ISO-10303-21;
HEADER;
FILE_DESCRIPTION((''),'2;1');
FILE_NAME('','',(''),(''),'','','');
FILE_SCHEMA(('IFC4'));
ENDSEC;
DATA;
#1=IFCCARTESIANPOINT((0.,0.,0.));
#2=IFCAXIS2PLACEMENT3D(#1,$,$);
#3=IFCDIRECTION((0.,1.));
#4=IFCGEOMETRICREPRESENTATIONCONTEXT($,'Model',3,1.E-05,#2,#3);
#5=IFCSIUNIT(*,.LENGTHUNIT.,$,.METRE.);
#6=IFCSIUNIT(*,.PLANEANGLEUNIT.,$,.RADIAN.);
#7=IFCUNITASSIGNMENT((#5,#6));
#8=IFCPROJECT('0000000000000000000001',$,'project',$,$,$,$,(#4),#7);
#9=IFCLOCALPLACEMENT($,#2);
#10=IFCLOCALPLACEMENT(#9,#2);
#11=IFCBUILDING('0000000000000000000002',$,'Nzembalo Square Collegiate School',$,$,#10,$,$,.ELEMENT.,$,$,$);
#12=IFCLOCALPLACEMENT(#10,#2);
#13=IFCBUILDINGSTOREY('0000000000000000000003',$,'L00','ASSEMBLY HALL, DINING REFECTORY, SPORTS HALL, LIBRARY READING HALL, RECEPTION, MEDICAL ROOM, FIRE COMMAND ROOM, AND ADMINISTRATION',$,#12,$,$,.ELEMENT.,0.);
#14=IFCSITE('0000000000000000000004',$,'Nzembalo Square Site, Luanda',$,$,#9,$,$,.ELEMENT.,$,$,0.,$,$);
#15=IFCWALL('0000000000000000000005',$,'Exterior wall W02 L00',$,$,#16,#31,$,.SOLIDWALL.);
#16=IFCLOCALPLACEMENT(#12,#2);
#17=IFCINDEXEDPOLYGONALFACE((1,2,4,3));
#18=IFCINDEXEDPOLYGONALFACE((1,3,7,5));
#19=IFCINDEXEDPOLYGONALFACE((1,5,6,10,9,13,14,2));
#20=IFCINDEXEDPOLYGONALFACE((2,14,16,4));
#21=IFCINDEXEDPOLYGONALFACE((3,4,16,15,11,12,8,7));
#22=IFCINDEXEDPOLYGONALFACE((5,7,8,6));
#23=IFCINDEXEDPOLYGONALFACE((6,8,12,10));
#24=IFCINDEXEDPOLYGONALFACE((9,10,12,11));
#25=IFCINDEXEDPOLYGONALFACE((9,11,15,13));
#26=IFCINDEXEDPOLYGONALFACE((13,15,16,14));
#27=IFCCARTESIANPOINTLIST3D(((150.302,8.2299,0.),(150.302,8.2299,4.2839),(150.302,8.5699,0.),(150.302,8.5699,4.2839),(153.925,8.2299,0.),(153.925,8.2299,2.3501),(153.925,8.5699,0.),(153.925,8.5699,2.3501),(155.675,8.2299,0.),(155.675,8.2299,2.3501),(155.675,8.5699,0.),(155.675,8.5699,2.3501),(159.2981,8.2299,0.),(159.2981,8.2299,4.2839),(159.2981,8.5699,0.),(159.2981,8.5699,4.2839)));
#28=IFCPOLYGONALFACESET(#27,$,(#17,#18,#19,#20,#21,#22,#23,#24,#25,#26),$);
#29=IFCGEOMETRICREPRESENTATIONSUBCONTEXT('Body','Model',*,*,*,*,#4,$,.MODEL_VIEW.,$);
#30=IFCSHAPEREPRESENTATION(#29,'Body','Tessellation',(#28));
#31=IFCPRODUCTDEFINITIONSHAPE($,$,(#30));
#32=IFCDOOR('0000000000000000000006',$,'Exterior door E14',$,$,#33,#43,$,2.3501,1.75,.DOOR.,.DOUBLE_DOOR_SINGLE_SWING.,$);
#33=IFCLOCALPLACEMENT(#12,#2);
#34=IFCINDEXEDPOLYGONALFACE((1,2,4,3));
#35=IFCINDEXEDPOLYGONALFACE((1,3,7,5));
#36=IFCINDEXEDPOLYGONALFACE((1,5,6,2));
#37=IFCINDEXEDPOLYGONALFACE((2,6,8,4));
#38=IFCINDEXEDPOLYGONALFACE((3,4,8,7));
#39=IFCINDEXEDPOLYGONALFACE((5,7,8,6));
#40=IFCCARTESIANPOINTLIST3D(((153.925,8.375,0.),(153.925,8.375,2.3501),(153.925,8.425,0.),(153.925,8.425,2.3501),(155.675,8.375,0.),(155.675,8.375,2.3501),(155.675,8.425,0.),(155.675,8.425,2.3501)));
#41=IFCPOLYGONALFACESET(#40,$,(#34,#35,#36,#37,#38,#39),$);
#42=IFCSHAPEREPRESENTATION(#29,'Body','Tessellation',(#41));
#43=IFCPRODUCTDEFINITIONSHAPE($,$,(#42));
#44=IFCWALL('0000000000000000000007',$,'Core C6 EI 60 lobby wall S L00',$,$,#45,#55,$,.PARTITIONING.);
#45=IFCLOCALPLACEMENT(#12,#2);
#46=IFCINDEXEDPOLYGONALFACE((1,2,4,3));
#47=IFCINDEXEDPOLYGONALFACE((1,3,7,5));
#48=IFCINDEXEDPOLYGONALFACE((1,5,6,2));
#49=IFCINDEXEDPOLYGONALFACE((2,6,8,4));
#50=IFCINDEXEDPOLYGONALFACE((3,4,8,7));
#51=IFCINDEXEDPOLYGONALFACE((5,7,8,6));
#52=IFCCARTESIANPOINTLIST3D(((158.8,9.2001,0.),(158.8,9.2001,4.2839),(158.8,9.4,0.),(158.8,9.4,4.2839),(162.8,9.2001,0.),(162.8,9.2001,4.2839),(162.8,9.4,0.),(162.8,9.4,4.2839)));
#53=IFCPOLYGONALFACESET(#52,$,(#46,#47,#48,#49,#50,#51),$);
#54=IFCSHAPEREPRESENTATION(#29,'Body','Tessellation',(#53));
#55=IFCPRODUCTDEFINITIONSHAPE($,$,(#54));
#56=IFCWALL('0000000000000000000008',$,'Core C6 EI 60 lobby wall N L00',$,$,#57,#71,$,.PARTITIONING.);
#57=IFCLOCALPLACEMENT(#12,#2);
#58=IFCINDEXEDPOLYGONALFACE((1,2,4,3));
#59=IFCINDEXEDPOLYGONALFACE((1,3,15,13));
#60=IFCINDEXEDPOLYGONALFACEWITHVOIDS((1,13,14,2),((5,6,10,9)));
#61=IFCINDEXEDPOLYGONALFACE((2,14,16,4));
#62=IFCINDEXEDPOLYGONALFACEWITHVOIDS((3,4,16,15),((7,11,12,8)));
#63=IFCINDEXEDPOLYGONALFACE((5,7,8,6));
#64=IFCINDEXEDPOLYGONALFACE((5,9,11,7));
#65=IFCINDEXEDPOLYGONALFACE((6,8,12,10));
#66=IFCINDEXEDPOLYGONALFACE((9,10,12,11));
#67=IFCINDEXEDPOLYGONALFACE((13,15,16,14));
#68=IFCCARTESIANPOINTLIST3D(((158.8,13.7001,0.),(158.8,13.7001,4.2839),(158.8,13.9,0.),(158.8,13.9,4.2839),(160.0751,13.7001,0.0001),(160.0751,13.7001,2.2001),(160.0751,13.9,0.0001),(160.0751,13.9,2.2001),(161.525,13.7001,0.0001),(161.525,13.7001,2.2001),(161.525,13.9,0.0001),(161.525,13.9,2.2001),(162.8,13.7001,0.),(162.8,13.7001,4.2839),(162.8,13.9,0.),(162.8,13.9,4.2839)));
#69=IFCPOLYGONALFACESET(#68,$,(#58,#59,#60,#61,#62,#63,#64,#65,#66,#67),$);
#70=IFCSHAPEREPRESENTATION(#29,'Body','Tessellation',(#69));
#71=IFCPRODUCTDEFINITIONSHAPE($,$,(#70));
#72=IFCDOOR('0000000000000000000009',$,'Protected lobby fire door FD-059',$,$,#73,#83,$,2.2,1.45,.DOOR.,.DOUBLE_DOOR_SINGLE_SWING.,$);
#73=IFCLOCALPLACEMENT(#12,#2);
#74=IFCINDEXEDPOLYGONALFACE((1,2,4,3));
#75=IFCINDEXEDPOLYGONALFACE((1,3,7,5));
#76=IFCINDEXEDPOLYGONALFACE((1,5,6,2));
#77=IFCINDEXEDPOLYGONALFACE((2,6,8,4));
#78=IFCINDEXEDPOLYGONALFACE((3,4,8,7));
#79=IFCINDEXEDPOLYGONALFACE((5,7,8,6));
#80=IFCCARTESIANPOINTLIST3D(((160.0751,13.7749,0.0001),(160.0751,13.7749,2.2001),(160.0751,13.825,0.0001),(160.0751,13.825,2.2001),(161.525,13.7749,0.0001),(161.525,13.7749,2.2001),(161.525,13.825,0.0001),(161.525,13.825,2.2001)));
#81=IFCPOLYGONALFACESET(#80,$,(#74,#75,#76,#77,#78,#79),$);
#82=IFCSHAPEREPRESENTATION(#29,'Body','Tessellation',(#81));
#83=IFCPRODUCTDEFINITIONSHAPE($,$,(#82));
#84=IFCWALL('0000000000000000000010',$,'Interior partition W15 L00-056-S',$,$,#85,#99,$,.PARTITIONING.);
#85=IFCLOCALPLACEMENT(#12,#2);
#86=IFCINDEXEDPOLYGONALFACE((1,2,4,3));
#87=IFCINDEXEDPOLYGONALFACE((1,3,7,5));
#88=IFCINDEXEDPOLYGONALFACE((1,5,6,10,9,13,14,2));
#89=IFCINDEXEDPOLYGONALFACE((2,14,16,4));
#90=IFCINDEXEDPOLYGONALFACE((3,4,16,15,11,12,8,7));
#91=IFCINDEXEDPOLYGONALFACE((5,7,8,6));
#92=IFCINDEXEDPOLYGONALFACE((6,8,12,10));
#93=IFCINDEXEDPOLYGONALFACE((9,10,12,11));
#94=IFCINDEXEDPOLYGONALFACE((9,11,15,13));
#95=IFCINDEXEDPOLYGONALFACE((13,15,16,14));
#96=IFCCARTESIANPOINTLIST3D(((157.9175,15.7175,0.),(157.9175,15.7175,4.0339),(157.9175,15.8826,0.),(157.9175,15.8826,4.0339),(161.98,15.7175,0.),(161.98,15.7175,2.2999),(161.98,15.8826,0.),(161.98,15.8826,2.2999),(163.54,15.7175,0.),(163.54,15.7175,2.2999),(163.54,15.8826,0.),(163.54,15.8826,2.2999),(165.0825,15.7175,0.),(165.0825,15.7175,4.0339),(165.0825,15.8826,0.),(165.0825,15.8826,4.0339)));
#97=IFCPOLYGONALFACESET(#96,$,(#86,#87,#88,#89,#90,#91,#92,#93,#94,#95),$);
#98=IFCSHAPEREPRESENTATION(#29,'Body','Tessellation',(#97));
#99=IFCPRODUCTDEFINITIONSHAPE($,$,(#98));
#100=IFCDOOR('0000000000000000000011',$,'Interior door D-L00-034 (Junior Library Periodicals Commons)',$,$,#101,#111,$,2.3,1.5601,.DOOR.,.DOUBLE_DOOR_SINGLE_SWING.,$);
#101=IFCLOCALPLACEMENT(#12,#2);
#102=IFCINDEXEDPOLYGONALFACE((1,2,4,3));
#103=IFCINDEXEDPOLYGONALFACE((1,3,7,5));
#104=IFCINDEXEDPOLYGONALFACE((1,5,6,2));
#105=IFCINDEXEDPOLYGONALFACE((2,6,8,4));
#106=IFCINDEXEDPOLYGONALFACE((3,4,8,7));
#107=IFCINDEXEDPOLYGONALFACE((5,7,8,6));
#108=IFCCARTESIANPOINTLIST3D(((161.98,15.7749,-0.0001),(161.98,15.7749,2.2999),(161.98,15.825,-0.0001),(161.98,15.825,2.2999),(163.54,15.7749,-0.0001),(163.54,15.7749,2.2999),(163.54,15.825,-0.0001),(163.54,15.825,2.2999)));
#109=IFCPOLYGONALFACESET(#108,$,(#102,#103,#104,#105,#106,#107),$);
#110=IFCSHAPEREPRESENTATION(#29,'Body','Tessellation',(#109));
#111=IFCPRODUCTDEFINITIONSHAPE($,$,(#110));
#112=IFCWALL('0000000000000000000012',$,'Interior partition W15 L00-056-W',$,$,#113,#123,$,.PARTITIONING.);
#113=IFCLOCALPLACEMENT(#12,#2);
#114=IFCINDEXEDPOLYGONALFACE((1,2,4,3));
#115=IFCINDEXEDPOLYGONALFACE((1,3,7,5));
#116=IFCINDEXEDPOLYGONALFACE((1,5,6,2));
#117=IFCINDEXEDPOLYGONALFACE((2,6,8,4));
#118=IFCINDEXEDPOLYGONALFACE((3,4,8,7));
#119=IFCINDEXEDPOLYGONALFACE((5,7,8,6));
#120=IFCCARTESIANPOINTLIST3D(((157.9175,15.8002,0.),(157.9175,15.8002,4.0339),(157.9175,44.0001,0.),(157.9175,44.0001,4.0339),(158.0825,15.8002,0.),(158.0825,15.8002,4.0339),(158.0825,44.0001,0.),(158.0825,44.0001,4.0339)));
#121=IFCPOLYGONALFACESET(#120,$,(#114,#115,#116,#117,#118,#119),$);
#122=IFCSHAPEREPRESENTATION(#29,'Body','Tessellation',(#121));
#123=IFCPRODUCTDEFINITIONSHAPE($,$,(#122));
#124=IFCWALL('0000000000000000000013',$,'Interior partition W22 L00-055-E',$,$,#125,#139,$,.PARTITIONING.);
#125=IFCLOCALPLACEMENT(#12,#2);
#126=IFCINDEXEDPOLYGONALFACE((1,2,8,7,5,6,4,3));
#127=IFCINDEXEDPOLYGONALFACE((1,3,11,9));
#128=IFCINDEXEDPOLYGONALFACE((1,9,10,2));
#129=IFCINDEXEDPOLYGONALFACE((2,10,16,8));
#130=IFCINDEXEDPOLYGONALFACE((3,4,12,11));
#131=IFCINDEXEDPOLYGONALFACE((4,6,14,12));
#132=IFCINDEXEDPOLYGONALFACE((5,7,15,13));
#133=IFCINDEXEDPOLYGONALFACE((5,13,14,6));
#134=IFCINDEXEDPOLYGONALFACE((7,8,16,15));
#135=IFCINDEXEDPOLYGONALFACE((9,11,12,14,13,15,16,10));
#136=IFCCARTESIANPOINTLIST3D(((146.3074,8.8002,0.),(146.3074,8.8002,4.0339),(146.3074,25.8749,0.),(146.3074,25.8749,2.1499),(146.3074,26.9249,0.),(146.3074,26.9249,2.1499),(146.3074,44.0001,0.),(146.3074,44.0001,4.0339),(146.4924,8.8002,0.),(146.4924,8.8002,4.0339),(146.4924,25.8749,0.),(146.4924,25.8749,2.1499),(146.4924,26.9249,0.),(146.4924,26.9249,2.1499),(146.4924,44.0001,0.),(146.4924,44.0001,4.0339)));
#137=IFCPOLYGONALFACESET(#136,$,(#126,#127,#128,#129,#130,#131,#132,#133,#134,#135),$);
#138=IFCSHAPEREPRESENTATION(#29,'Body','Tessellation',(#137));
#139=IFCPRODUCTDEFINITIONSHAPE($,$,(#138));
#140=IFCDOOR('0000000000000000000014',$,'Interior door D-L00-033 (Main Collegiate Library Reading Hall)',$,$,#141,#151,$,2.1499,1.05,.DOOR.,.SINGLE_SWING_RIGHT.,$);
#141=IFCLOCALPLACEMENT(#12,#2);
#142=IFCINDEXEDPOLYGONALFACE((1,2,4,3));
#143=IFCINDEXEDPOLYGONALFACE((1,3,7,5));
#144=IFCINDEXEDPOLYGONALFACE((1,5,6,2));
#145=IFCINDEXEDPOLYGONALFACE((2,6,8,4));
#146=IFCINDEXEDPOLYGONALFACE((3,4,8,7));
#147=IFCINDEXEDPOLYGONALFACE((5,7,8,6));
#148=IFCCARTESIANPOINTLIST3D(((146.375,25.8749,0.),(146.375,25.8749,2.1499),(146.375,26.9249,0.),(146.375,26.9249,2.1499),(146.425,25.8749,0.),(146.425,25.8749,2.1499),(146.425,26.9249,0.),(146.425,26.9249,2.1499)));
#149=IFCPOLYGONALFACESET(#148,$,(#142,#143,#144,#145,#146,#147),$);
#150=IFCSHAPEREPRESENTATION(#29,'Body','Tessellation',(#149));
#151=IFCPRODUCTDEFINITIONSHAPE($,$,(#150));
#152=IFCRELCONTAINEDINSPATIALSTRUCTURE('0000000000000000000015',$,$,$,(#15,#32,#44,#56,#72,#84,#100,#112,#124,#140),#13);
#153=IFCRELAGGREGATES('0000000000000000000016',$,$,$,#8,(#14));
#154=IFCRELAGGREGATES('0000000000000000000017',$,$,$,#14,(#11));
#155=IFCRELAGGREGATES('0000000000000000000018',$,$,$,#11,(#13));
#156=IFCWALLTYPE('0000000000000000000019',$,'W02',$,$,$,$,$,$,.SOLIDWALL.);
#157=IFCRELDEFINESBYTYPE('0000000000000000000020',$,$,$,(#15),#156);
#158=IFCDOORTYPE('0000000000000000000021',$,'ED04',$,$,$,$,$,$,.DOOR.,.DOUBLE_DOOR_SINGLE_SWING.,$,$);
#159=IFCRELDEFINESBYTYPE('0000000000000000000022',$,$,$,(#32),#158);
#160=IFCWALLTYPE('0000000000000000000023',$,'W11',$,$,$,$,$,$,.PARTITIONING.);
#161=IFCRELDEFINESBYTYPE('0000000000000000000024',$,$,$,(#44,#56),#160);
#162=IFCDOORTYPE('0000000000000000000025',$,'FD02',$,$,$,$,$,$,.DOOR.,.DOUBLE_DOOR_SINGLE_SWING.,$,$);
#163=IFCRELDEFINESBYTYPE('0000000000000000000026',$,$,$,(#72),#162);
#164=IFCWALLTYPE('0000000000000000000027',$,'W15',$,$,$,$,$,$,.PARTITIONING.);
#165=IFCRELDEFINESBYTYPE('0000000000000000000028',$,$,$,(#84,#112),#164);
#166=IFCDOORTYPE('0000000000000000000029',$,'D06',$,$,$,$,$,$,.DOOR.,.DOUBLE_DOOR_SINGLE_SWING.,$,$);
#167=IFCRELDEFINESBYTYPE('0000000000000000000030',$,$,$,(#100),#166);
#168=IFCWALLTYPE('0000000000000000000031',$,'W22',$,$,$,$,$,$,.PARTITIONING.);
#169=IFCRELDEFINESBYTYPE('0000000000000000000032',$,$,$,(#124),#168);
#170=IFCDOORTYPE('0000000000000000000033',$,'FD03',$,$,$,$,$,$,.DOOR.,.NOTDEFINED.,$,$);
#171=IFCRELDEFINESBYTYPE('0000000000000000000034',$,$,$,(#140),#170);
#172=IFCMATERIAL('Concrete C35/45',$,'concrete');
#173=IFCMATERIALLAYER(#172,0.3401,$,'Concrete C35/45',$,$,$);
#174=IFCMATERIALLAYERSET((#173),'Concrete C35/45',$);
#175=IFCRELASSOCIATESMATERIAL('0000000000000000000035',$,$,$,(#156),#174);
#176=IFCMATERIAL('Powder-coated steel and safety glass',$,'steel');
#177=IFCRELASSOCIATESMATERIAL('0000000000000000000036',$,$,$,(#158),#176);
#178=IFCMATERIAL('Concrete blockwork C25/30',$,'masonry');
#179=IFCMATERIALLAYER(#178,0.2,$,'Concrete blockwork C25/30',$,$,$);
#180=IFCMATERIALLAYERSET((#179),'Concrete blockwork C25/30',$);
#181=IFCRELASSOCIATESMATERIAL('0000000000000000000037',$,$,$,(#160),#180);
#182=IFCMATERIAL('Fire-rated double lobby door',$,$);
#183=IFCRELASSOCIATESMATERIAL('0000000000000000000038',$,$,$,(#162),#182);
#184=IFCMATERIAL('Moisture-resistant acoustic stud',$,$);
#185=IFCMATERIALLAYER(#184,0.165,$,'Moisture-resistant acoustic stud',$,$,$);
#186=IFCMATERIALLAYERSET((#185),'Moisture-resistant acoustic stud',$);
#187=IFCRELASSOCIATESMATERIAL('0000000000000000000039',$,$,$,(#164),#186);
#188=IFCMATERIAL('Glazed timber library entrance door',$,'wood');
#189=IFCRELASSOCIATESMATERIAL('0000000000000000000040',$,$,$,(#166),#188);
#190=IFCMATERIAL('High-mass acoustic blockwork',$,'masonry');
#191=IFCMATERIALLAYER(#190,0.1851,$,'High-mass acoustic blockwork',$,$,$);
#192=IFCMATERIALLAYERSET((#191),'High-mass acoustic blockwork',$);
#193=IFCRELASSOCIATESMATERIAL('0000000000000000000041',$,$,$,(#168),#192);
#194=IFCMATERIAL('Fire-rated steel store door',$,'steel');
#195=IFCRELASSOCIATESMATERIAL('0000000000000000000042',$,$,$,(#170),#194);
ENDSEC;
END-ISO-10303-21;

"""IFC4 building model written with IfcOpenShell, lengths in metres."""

from ifc_helpers import new_model, si_unit, direction, frame, frame_2d, origin, place, context, subcontext, project, spatial, rectangle, extrude, material, layer, layer_set, type_object, element, fill, save


model = new_model("IFC4")

# Units and contexts
model_context = context("Model", 3, precision=1e-05, world=origin(), true_north=direction((0.0, 1.0)))
body_context = subcontext(model_context, "Body", "Model", "MODEL_VIEW")
ifc_project = project(units=[si_unit("LENGTHUNIT", "METRE"), si_unit("PLANEANGLEUNIT", "RADIAN")], contexts=[model_context])

# Site, building, storey
site_placement = place(None, origin())
site = spatial("IfcSite", under=ifc_project, at=site_placement, Name="Nzembalo Square Site, Luanda", CompositionType="ELEMENT", RefElevation=0.0)
building_placement = place(site_placement, origin())
building = spatial("IfcBuilding", under=site, at=building_placement, Name="Nzembalo Square Collegiate School", CompositionType="ELEMENT")
storey_placement = place(building_placement, origin())
storey = spatial("IfcBuildingStorey", under=building, at=storey_placement, Name="L00", Description="ASSEMBLY HALL, DINING REFECTORY, SPORTS HALL, LIBRARY READING HALL, RECEPTION, MEDICAL ROOM, FIRE COMMAND ROOM, AND ADMINISTRATION", CompositionType="ELEMENT", Elevation=0.0)

# Wall, opening, door
ifc_material_1 = material(Name="Concrete C35/45", Category="concrete")
ifc_layer_1 = layer(ifc_material_1, 0.3401, Name="Concrete C35/45")
ifc_layer_set_1 = layer_set([ifc_layer_1], Name="Concrete C35/45")
wall_type_1 = type_object("IfcWallType", Name="W02", PredefinedType="SOLIDWALL", material=ifc_layer_set_1)
wall_1_placement = place(storey_placement, frame((150.302, 8.3999, 0.0), z_axis=(0.0, 0.0, 1.0), x_axis=(1.0, 0.0, 0.0)))
wall_1 = element("IfcWall", 1, at=wall_1_placement, inside=storey, type_object=wall_type_1, Name="Exterior wall W02 L00", PredefinedType="SOLIDWALL", context=body_context, shape_type="SweptSolid", body=[
    extrude(rectangle(XDim=8.9961, YDim=0.3401, at=frame_2d((4.498, 0.0))), origin(), (0.0, 0.0, 1.0), 4.2839),
])
opening_1_placement = place(wall_1_placement, frame((3.623, 0.0, 0.0)))
opening_1 = element("IfcOpeningElement", 2, at=opening_1_placement, cuts=wall_1, PredefinedType="OPENING", context=body_context, shape_type="SweptSolid", body=[
    extrude(rectangle(XDim=1.75, YDim=2.3501, at=frame_2d((0.875, 1.175))), frame((0.0, 0.1802, 0.0), z_axis=(0.0, -1.0, 0.0), x_axis=(1.0, 0.0, 0.0)), (0.0, 0.0, 1.0), 0.3601),
])
ifc_material_2 = material(Name="Powder-coated steel and safety glass", Category="steel")
door_type_1 = type_object("IfcDoorType", Name="ED04", OperationType="DOUBLE_DOOR_SINGLE_SWING", PredefinedType="DOOR", material=ifc_material_2)
door_1_placement = place(opening_1_placement, frame((1.75, 0.0, 0.0), z_axis=(0.0, 0.0, 1.0), x_axis=(-1.0, 0.0, 0.0)))
door_1 = element("IfcDoor", 3, at=door_1_placement, inside=storey, type_object=door_type_1, Name="Exterior door E14", OperationType="DOUBLE_DOOR_SINGLE_SWING", OverallHeight=2.3501, OverallWidth=1.75, PredefinedType="DOOR", context=body_context, shape_type="SweptSolid", body=[
    extrude(rectangle(XDim=1.75, YDim=2.3501, at=frame_2d((0.875, 1.175))), frame((0.0, 0.0249, 0.0), z_axis=(0.0, -1.0, 0.0), x_axis=(1.0, 0.0, 0.0)), (0.0, 0.0, 1.0), 0.05),
])
fill(opening_1, door_1)

# Wall
ifc_material_3 = material(Name="Concrete blockwork C25/30", Category="masonry")
ifc_layer_2 = layer(ifc_material_3, 0.2, Name="Concrete blockwork C25/30")
ifc_layer_set_2 = layer_set([ifc_layer_2], Name="Concrete blockwork C25/30")
wall_type_2 = type_object("IfcWallType", Name="W11", PredefinedType="PARTITIONING", material=ifc_layer_set_2)
wall_2_placement = place(storey_placement, frame((158.8, 9.3, 0.0), z_axis=(0.0, 0.0, 1.0), x_axis=(1.0, 0.0, 0.0)))
element("IfcWall", 4, at=wall_2_placement, inside=storey, type_object=wall_type_2, Name="Core C6 EI 60 lobby wall S L00", PredefinedType="PARTITIONING", context=body_context, shape_type="SweptSolid", body=[
    extrude(rectangle(XDim=4.0, YDim=0.2, at=frame_2d((2.0, 0.0))), origin(), (0.0, 0.0, 1.0), 4.2839),
])

# Walls, openings, doors
wall_3_placement = place(storey_placement, frame((158.8, 13.8, 0.0), z_axis=(0.0, 0.0, 1.0), x_axis=(1.0, 0.0, 0.0)))
wall_3 = element("IfcWall", 5, at=wall_3_placement, inside=storey, type_object=wall_type_2, Name="Core C6 EI 60 lobby wall N L00", PredefinedType="PARTITIONING", context=body_context, shape_type="SweptSolid", body=[
    extrude(rectangle(XDim=4.0, YDim=0.2, at=frame_2d((2.0, 0.0))), origin(), (0.0, 0.0, 1.0), 4.2839),
])
opening_2_placement = place(wall_3_placement, frame((1.2749, 0.0, 0.0)))
opening_2 = element("IfcOpeningElement", 6, at=opening_2_placement, cuts=wall_3, PredefinedType="OPENING", context=body_context, shape_type="SweptSolid", body=[
    extrude(rectangle(XDim=1.45, YDim=2.2, at=frame_2d((0.7251, 1.1001))), frame((0.0, 0.1099, 0.0), z_axis=(0.0, -1.0, 0.0), x_axis=(1.0, 0.0, 0.0)), (0.0, 0.0, 1.0), 0.22),
])
ifc_material_4 = material(Name="Fire-rated double lobby door")
door_type_2 = type_object("IfcDoorType", Name="FD02", OperationType="DOUBLE_DOOR_SINGLE_SWING", PredefinedType="DOOR", material=ifc_material_4)
door_2_placement = place(opening_2_placement, origin())
door_2 = element("IfcDoor", 7, at=door_2_placement, inside=storey, type_object=door_type_2, Name="Protected lobby fire door FD-059", OperationType="DOUBLE_DOOR_SINGLE_SWING", OverallHeight=2.2, OverallWidth=1.45, PredefinedType="DOOR", context=body_context, shape_type="SweptSolid", body=[
    extrude(rectangle(XDim=1.45, YDim=2.2, at=frame_2d((0.7251, 1.1001))), frame((0.0, 0.0249, 0.0), z_axis=(0.0, -1.0, 0.0), x_axis=(1.0, 0.0, 0.0)), (0.0, 0.0, 1.0), 0.05),
])
fill(opening_2, door_2)
ifc_material_5 = material(Name="Moisture-resistant acoustic stud")
ifc_layer_3 = layer(ifc_material_5, 0.165, Name="Moisture-resistant acoustic stud")
ifc_layer_set_3 = layer_set([ifc_layer_3], Name="Moisture-resistant acoustic stud")
wall_type_3 = type_object("IfcWallType", Name="W15", PredefinedType="PARTITIONING", material=ifc_layer_set_3)
wall_4_placement = place(storey_placement, frame((157.9175, 15.8, 0.0), z_axis=(0.0, 0.0, 1.0), x_axis=(1.0, 0.0, 0.0)))
wall_4 = element("IfcWall", 8, at=wall_4_placement, inside=storey, type_object=wall_type_3, Name="Interior partition W15 L00-056-S", PredefinedType="PARTITIONING", context=body_context, shape_type="SweptSolid", body=[
    extrude(rectangle(XDim=7.165, YDim=0.165, at=frame_2d((3.5825, 0.0))), origin(), (0.0, 0.0, 1.0), 4.0339),
])
opening_3_placement = place(wall_4_placement, frame((4.0625, 0.0, 0.0)))
opening_3 = element("IfcOpeningElement", 9, at=opening_3_placement, cuts=wall_4, PredefinedType="OPENING", context=body_context, shape_type="SweptSolid", body=[
    extrude(rectangle(XDim=1.5601, YDim=2.3, at=frame_2d((0.78, 1.1499))), frame((0.0, 0.0925, 0.0), z_axis=(0.0, -1.0, 0.0), x_axis=(1.0, 0.0, 0.0)), (0.0, 0.0, 1.0), 0.1851),
])
ifc_material_6 = material(Name="Glazed timber library entrance door", Category="wood")
door_type_3 = type_object("IfcDoorType", Name="D06", OperationType="DOUBLE_DOOR_SINGLE_SWING", PredefinedType="DOOR", material=ifc_material_6)
door_3_placement = place(opening_3_placement, origin())
door_3 = element("IfcDoor", 10, at=door_3_placement, inside=storey, type_object=door_type_3, Name="Interior door D-L00-034 (Junior Library Periodicals Commons)", OperationType="DOUBLE_DOOR_SINGLE_SWING", OverallHeight=2.3, OverallWidth=1.5601, PredefinedType="DOOR", context=body_context, shape_type="SweptSolid", body=[
    extrude(rectangle(XDim=1.5601, YDim=2.3, at=frame_2d((0.78, 1.1499))), frame((0.0, 0.0249, 0.0), z_axis=(0.0, -1.0, 0.0), x_axis=(1.0, 0.0, 0.0)), (0.0, 0.0, 1.0), 0.05),
])
fill(opening_3, door_3)

# Wall
wall_5_placement = place(storey_placement, frame((158.0, 15.8, 0.0), z_axis=(0.0, 0.0, 1.0), x_axis=(0.0, 1.0, 0.0)))
element("IfcWall", 11, at=wall_5_placement, inside=storey, type_object=wall_type_3, Name="Interior partition W15 L00-056-W", PredefinedType="PARTITIONING", context=body_context, shape_type="SweptSolid", body=[
    extrude(rectangle(XDim=28.2, YDim=0.165, at=frame_2d((14.1001, 0.0))), origin(), (0.0, 0.0, 1.0), 4.0339),
])

# Wall, opening, door
ifc_material_7 = material(Name="High-mass acoustic blockwork", Category="masonry")
ifc_layer_4 = layer(ifc_material_7, 0.1851, Name="High-mass acoustic blockwork")
ifc_layer_set_4 = layer_set([ifc_layer_4], Name="High-mass acoustic blockwork")
wall_type_4 = type_object("IfcWallType", Name="W22", PredefinedType="PARTITIONING", material=ifc_layer_set_4)
wall_6_placement = place(storey_placement, frame((146.3999, 8.8, 0.0), z_axis=(0.0, 0.0, 1.0), x_axis=(0.0, 1.0, 0.0)))
wall_6 = element("IfcWall", 12, at=wall_6_placement, inside=storey, type_object=wall_type_4, Name="Interior partition W22 L00-055-E", PredefinedType="PARTITIONING", context=body_context, shape_type="SweptSolid", body=[
    extrude(rectangle(XDim=35.2, YDim=0.1851, at=frame_2d((17.6001, 0.0))), origin(), (0.0, 0.0, 1.0), 4.0339),
])
opening_4_placement = place(wall_6_placement, frame((17.075, 0.0, 0.0)))
opening_4 = element("IfcOpeningElement", 13, at=opening_4_placement, cuts=wall_6, PredefinedType="OPENING", context=body_context, shape_type="SweptSolid", body=[
    extrude(rectangle(XDim=1.05, YDim=2.1499, at=frame_2d((0.5249, 1.075))), frame((0.0, 0.1025, 0.0), z_axis=(0.0, -1.0, 0.0), x_axis=(1.0, 0.0, 0.0)), (0.0, 0.0, 1.0), 0.2051),
])
ifc_material_8 = material(Name="Fire-rated steel store door", Category="steel")
door_type_4 = type_object("IfcDoorType", Name="FD03", OperationType="NOTDEFINED", PredefinedType="DOOR", material=ifc_material_8)
door_4_placement = place(opening_4_placement, origin())
door_4 = element("IfcDoor", 14, at=door_4_placement, inside=storey, type_object=door_type_4, Name="Interior door D-L00-033 (Main Collegiate Library Reading Hall)", OperationType="SINGLE_SWING_RIGHT", OverallHeight=2.1499, OverallWidth=1.05, PredefinedType="DOOR", context=body_context, shape_type="SweptSolid", body=[
    extrude(rectangle(XDim=1.05, YDim=2.1499, at=frame_2d((0.5249, 1.075))), frame((0.0, 0.0249, 0.0), z_axis=(0.0, -1.0, 0.0), x_axis=(1.0, 0.0, 0.0)), (0.0, 0.0, 1.0), 0.05),
])
fill(opening_4, door_4)

save(model, "model.ifc")
